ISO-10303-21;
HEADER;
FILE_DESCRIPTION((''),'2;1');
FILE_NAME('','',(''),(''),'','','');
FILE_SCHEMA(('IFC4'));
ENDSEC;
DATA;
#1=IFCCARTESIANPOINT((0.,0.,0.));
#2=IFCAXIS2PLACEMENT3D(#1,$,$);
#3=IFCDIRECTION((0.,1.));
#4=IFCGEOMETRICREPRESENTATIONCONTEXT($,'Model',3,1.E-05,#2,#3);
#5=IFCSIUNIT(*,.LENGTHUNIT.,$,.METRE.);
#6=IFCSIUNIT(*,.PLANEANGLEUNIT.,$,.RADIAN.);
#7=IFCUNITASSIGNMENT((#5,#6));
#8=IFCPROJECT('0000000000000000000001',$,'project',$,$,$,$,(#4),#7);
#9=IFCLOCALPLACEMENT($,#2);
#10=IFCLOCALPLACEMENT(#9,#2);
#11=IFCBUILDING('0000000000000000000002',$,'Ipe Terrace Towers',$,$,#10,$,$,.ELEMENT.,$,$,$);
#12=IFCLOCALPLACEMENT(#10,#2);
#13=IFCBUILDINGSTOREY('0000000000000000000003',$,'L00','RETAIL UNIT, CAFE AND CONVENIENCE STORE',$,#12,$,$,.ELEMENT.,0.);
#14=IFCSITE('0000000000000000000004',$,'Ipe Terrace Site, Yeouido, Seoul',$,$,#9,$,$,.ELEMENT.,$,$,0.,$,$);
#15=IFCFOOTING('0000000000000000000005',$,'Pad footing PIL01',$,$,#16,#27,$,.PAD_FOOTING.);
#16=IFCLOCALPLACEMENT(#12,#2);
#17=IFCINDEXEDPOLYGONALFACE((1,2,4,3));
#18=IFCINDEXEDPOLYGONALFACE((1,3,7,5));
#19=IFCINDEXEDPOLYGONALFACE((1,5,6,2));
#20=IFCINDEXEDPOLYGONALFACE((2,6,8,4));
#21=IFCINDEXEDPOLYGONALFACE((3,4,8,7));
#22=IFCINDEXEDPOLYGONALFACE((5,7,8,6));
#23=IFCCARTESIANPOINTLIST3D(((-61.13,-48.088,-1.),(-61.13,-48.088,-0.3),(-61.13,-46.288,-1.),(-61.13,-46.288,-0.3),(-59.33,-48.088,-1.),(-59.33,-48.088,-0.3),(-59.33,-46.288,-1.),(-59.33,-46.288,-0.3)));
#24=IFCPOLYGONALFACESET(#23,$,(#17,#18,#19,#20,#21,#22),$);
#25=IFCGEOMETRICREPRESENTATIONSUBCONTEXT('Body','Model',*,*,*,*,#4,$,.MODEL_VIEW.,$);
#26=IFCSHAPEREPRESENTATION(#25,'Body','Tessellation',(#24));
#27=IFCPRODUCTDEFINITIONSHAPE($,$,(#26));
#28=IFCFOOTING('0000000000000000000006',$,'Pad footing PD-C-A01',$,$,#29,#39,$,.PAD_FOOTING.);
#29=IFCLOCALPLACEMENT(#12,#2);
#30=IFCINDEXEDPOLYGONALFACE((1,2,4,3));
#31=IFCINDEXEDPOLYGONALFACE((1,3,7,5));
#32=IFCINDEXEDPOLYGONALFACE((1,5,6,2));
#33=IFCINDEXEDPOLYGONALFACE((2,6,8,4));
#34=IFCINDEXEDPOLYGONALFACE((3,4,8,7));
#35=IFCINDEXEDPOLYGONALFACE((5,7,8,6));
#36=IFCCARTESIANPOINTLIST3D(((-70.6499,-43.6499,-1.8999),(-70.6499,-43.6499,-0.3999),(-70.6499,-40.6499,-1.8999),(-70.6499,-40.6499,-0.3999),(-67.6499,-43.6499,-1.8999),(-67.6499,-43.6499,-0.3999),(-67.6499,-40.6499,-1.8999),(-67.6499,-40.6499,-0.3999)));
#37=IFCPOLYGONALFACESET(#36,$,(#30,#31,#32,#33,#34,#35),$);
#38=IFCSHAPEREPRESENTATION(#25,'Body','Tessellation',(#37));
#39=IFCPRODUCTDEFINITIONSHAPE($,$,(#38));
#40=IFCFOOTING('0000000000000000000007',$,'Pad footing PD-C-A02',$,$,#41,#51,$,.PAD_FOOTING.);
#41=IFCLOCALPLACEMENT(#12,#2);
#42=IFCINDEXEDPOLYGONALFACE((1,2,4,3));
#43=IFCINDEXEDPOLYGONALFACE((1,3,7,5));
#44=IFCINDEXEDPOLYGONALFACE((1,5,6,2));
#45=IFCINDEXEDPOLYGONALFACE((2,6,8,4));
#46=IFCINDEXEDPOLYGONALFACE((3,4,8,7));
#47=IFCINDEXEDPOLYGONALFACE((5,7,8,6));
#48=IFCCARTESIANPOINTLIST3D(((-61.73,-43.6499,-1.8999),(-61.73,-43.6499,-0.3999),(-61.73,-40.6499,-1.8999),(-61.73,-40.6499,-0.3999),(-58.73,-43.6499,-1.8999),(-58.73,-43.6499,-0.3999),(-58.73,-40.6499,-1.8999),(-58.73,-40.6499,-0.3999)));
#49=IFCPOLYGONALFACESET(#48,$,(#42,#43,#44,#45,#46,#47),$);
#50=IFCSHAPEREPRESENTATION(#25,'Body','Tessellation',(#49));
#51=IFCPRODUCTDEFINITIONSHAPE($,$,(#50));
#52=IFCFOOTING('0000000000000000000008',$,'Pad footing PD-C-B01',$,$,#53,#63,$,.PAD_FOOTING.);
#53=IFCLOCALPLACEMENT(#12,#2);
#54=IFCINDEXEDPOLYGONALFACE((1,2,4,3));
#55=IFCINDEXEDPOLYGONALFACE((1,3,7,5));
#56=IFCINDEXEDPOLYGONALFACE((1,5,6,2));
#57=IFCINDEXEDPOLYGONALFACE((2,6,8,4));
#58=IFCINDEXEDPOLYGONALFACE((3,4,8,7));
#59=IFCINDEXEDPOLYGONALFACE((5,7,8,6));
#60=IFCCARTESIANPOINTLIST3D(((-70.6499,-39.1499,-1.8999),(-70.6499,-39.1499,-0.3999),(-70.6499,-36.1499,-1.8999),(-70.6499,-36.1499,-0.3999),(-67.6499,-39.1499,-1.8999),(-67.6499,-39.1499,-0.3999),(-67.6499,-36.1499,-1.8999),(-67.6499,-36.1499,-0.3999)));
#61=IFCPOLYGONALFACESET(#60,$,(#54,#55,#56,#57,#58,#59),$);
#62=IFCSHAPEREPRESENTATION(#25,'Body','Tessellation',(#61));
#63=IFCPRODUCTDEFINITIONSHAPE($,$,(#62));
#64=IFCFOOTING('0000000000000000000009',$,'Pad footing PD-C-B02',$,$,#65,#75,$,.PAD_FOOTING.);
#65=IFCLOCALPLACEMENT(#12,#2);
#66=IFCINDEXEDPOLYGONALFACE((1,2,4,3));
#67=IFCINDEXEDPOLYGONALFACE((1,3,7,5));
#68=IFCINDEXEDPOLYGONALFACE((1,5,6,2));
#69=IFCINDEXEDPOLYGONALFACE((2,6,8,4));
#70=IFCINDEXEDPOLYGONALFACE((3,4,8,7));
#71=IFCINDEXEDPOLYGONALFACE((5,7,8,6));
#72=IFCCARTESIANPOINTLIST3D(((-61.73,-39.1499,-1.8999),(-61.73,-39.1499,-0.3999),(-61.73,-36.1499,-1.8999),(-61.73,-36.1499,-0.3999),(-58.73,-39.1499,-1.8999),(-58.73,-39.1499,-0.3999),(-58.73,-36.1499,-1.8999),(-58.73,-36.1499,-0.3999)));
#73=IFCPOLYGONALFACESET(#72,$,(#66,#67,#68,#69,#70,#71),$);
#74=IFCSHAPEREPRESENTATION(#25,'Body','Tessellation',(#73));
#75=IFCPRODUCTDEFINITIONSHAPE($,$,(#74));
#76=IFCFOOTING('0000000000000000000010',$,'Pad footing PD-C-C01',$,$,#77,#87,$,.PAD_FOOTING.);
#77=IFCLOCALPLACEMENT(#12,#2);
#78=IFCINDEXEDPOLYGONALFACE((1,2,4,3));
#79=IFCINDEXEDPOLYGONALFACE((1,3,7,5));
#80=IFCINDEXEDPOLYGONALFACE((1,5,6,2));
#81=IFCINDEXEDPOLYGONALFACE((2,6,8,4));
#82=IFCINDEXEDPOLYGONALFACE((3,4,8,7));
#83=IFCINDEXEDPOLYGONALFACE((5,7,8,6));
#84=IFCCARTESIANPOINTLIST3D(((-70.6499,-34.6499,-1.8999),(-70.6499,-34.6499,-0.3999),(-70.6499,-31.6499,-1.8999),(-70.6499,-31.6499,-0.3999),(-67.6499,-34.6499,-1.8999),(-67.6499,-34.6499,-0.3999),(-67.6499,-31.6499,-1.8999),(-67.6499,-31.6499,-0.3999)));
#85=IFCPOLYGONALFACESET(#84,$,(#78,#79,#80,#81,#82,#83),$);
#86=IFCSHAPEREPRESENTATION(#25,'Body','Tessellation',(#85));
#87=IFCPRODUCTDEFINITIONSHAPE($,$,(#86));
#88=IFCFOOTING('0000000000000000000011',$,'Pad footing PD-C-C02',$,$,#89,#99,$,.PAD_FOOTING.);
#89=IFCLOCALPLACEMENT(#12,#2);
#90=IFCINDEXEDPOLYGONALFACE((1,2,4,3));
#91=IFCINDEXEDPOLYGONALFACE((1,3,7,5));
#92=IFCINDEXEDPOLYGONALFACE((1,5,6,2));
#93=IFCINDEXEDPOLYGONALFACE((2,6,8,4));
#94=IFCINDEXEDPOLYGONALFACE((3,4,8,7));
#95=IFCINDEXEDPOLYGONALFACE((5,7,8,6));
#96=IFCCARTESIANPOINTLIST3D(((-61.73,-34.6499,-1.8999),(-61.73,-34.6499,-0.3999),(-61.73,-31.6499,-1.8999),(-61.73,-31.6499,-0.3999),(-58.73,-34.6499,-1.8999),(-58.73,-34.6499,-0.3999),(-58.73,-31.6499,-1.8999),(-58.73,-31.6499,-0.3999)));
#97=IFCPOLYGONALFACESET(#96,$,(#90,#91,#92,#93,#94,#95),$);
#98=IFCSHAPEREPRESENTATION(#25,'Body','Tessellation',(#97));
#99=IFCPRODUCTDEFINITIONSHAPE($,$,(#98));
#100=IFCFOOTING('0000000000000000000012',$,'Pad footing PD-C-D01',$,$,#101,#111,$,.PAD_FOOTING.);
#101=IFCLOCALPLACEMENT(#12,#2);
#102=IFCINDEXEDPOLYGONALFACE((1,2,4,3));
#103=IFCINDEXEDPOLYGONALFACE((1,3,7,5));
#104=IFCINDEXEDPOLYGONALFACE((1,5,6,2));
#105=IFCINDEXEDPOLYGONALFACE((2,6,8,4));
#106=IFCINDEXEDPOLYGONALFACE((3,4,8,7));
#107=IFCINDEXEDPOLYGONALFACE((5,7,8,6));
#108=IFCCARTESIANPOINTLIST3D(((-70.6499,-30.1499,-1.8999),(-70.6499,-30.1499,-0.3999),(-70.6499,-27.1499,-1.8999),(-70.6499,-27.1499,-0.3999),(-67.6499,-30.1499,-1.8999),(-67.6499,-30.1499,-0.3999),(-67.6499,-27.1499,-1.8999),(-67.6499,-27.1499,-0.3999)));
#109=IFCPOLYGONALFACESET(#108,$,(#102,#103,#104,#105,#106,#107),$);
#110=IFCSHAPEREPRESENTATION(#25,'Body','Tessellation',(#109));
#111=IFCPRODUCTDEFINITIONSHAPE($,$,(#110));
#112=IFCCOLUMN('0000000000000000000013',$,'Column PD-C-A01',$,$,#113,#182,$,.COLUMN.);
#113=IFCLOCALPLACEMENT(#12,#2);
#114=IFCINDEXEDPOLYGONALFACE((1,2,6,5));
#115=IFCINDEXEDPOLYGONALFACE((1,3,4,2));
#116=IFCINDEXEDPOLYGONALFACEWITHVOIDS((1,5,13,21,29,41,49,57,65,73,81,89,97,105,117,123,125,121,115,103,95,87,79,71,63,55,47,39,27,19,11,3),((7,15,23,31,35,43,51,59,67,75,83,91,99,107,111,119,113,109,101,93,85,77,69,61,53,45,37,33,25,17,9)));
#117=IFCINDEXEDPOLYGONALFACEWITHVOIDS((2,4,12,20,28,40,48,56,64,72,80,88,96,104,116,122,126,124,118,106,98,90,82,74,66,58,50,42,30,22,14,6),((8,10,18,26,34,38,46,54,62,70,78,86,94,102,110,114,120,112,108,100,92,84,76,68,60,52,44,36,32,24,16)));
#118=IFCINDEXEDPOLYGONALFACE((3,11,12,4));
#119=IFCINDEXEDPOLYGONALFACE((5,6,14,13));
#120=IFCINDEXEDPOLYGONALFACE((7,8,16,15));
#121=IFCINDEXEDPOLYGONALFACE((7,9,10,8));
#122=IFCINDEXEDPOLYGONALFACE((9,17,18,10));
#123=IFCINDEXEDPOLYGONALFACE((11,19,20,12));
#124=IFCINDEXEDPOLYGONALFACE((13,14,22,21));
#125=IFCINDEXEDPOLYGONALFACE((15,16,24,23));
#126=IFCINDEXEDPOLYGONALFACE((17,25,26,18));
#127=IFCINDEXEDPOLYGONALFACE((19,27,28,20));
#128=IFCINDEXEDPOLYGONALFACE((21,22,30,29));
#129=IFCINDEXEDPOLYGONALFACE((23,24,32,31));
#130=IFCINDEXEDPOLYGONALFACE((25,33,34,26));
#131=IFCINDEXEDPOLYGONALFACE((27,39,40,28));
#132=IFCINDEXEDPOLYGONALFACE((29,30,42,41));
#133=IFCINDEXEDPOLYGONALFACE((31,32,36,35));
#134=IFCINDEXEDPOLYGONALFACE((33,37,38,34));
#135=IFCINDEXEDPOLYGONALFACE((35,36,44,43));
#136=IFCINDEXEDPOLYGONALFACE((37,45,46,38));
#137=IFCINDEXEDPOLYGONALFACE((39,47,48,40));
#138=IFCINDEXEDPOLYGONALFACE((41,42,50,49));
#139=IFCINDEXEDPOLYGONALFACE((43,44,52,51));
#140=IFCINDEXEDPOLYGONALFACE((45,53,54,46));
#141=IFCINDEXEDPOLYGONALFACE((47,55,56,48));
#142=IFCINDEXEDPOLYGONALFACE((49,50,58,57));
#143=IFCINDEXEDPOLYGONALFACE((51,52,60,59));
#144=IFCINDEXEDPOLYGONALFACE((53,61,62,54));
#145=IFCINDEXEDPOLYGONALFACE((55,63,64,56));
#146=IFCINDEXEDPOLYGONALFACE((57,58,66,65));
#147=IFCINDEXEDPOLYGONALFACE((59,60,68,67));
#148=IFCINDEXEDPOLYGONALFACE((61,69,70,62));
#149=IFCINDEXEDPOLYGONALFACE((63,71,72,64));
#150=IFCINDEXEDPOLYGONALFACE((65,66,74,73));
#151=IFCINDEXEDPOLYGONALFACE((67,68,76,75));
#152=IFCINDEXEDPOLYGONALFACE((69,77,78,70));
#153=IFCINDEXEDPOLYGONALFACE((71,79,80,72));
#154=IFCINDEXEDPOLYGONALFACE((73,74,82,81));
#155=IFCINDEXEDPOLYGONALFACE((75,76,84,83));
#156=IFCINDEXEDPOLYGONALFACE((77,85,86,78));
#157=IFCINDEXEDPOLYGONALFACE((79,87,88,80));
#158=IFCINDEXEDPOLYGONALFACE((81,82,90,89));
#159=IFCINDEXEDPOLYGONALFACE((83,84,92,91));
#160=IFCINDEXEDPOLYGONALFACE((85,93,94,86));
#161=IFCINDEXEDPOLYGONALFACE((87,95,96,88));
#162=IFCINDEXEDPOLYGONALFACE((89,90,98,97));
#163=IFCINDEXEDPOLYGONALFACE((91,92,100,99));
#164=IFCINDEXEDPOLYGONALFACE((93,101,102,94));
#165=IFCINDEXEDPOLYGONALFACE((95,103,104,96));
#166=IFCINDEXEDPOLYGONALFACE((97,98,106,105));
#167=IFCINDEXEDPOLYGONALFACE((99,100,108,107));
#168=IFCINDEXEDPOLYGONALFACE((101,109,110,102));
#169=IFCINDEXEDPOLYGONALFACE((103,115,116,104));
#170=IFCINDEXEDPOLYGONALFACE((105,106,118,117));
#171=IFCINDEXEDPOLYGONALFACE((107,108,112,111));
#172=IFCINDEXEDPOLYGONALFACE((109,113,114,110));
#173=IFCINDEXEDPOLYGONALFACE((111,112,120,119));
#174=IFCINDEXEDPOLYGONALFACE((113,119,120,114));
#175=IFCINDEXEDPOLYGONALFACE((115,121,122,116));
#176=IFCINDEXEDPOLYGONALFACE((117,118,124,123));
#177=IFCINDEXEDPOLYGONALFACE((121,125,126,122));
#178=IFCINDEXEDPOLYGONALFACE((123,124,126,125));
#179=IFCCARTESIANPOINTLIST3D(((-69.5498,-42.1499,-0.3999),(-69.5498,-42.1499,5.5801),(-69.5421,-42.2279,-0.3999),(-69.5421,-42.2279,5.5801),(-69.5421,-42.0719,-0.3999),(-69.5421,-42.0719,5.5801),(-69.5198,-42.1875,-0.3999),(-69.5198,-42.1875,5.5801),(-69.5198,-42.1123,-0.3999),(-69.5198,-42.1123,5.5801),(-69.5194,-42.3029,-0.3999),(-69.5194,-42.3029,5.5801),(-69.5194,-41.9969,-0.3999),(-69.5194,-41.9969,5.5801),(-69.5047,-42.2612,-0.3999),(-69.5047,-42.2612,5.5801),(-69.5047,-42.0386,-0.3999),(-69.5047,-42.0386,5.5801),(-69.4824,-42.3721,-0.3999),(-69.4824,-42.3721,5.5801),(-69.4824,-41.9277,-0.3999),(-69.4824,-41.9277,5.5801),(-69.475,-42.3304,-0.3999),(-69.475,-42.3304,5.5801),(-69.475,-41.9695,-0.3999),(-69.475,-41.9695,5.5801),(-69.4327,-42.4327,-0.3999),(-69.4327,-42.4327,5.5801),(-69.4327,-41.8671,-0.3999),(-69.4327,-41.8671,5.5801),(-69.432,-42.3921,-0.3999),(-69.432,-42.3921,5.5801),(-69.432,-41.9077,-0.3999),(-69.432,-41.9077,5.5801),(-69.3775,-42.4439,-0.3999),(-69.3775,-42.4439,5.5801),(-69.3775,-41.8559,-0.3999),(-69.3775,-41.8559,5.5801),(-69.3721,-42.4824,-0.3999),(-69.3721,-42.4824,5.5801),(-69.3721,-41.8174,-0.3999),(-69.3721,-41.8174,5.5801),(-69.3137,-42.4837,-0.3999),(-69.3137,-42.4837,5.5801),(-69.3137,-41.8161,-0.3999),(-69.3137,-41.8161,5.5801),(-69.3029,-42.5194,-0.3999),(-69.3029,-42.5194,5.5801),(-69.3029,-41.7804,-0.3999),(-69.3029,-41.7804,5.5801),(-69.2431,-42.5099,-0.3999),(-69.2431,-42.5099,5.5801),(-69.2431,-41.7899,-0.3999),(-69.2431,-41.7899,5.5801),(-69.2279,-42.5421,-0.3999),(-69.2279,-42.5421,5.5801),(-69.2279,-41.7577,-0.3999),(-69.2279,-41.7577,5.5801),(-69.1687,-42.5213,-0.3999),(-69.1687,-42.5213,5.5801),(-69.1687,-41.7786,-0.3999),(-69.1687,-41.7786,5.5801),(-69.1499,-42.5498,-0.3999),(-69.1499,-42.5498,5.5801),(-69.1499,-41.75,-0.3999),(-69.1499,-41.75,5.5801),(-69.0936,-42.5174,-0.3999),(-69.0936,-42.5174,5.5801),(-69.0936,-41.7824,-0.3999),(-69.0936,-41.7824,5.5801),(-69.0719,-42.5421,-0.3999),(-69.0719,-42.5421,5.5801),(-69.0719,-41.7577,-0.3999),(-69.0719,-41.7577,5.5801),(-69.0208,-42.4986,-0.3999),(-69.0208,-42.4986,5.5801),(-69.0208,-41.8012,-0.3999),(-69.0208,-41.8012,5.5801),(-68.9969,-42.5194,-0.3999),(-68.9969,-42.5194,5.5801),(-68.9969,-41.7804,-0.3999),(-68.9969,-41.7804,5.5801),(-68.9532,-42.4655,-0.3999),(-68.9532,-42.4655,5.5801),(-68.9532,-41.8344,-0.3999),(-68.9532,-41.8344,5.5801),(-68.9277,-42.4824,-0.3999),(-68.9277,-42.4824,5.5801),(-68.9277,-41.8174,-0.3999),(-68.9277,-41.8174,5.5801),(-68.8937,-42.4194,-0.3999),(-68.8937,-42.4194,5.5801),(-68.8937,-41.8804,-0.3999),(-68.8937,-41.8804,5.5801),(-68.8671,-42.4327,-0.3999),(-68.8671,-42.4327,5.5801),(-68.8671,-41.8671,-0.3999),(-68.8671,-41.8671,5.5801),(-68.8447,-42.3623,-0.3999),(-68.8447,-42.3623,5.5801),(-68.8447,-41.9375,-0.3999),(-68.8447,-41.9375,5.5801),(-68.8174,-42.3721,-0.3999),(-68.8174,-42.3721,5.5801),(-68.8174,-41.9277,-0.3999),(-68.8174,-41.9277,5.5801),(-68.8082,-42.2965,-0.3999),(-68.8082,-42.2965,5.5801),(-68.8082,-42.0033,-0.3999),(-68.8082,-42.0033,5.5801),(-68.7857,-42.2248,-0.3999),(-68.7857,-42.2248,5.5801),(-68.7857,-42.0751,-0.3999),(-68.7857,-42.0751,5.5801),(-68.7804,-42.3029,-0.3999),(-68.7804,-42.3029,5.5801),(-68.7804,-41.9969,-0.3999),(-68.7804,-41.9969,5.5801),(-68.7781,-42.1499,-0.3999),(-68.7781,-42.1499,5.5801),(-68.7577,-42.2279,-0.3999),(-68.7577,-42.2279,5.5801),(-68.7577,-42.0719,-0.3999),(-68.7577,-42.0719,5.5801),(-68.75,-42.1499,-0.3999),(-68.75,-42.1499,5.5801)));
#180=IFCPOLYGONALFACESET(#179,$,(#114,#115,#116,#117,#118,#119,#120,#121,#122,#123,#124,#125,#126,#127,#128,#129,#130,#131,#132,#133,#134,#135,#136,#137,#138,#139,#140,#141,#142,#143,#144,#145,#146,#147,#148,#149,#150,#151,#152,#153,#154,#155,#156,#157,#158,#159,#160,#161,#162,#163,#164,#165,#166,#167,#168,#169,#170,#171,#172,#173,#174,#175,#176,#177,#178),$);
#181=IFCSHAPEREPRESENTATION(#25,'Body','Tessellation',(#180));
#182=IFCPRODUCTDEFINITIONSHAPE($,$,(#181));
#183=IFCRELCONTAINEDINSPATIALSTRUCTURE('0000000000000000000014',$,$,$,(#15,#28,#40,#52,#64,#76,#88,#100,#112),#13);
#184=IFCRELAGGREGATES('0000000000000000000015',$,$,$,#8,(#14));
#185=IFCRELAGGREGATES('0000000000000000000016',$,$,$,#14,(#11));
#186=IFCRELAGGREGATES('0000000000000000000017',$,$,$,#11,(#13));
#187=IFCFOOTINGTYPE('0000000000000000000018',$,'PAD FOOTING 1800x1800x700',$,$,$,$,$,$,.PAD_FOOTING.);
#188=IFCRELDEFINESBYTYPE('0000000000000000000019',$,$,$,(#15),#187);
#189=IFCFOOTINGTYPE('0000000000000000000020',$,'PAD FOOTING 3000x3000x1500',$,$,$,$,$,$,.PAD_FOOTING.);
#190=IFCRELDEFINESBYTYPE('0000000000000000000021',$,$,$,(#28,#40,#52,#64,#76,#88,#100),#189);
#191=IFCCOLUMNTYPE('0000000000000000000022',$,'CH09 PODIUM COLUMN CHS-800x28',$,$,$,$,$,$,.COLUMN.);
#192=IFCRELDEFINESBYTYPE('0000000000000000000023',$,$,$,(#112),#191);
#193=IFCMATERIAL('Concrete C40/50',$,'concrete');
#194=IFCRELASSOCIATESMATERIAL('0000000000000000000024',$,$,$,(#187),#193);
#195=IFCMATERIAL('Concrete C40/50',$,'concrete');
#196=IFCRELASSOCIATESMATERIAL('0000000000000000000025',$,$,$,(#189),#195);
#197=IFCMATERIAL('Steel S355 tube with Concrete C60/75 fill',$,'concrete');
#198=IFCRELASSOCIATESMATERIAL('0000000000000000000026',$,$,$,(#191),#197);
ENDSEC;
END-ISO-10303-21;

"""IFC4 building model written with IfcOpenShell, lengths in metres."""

from ifc_helpers import new_model, si_unit, direction, frame, origin, origin_2d, place, context, subcontext, project, spatial, rectangle, hollow_circle, extrude, material, material_profile, profile_set, type_object, element, save


model = new_model("IFC4")

# Units and contexts
model_context = context("Model", 3, precision=1e-05, world=origin(), true_north=direction((0.0, 1.0)))
body_context = subcontext(model_context, "Body", "Model", "MODEL_VIEW")
ifc_project = project(units=[si_unit("LENGTHUNIT", "METRE"), si_unit("PLANEANGLEUNIT", "RADIAN")], contexts=[model_context])

# Site, building, storey
site_placement = place(None, origin())
site = spatial("IfcSite", under=ifc_project, at=site_placement, Name="Ipe Terrace Site, Yeouido, Seoul", CompositionType="ELEMENT", RefElevation=0.0)
building_placement = place(site_placement, origin())
building = spatial("IfcBuilding", under=site, at=building_placement, Name="Ipe Terrace Towers", CompositionType="ELEMENT")
storey_placement = place(building_placement, origin())
storey = spatial("IfcBuildingStorey", under=building, at=storey_placement, Name="L00", Description="RETAIL UNIT, CAFE AND CONVENIENCE STORE", CompositionType="ELEMENT", Elevation=0.0)

# Footings
ifc_material_1 = material(Name="Concrete C40/50", Category="concrete")
footing_type_1 = type_object("IfcFootingType", Name="PAD FOOTING 1800x1800x700", PredefinedType="PAD_FOOTING", material=ifc_material_1)
footing_placement = place(storey_placement, frame((-60.23, -47.188, -1.0), z_axis=(0.0, 0.0, 1.0), x_axis=(1.0, 0.0, 0.0)))
element("IfcFooting", 1, at=footing_placement, inside=storey, type_object=footing_type_1, Name="Pad footing PIL01", PredefinedType="PAD_FOOTING", context=body_context, shape_type="SweptSolid", body=[
    extrude(rectangle(XDim=1.8, YDim=1.8, at=origin_2d()), origin(), (0.0, 0.0, 1.0), 0.7),
])
ifc_material_2 = material(Name="Concrete C40/50", Category="concrete")
footing_type_2 = type_object("IfcFootingType", Name="PAD FOOTING 3000x3000x1500", PredefinedType="PAD_FOOTING", material=ifc_material_2)
for number, where, z_axis, x_axis, name in (
    (2, (-69.1499, -42.1499, -1.8999), (0.0, 0.0, 1.0), (1.0, 0.0, 0.0), "Pad footing PD-C-A01"),
    (3, (-60.23, -42.1499, -1.8999), (0.0, 0.0, 1.0), (1.0, 0.0, 0.0), "Pad footing PD-C-A02"),
    (4, (-69.1499, -37.6499, -1.8999), (0.0, 0.0, 1.0), (1.0, 0.0, 0.0), "Pad footing PD-C-B01"),
    (5, (-60.23, -37.6499, -1.8999), (0.0, 0.0, 1.0), (1.0, 0.0, 0.0), "Pad footing PD-C-B02"),
    (6, (-69.1499, -33.1499, -1.8999), (0.0, 0.0, 1.0), (1.0, 0.0, 0.0), "Pad footing PD-C-C01"),
    (7, (-60.23, -33.1499, -1.8999), (0.0, 0.0, 1.0), (1.0, 0.0, 0.0), "Pad footing PD-C-C02"),
    (8, (-69.1499, -28.6499, -1.8999), (0.0, 0.0, 1.0), (1.0, 0.0, 0.0), "Pad footing PD-C-D01"),
):
    element("IfcFooting", number, at=place(storey_placement, frame(where, z_axis=z_axis, x_axis=x_axis)), inside=storey, type_object=footing_type_2, Name=name, PredefinedType="PAD_FOOTING", context=body_context, shape_type="SweptSolid", body=[
        extrude(rectangle(XDim=3.0, YDim=3.0, at=origin_2d()), origin(), (0.0, 0.0, 1.0), 1.5),
    ])

# Column
ifc_material_3 = material(Name="Steel S355 tube with Concrete C60/75 fill", Category="concrete")
ifc_material_profile_1 = material_profile(ifc_material_3, hollow_circle(Radius=0.3999, WallThickness=0.0281, at=origin_2d()), Name="CHS-800x28")
ifc_profile_set_1 = profile_set([ifc_material_profile_1], Name="Steel S355 tube with Concrete C60/75 fill")
column_type_1 = type_object("IfcColumnType", Name="CH09 PODIUM COLUMN CHS-800x28", PredefinedType="COLUMN", material=ifc_profile_set_1)
for number, where, z_axis, x_axis, name in (
    (9, (-69.1499, -42.1499, -0.3999), (0.0, 0.0, 1.0), (1.0, 0.0, 0.0), "Column PD-C-A01"),
):
    element("IfcColumn", number, at=place(storey_placement, frame(where, z_axis=z_axis, x_axis=x_axis)), inside=storey, type_object=column_type_1, Name=name, PredefinedType="COLUMN", context=body_context, shape_type="SweptSolid", body=[
        extrude(hollow_circle(Radius=0.3999, WallThickness=0.0281, at=origin_2d()), origin(), (0.0, 0.0, 1.0), 5.98),
    ])

save(model, "model.ifc")
